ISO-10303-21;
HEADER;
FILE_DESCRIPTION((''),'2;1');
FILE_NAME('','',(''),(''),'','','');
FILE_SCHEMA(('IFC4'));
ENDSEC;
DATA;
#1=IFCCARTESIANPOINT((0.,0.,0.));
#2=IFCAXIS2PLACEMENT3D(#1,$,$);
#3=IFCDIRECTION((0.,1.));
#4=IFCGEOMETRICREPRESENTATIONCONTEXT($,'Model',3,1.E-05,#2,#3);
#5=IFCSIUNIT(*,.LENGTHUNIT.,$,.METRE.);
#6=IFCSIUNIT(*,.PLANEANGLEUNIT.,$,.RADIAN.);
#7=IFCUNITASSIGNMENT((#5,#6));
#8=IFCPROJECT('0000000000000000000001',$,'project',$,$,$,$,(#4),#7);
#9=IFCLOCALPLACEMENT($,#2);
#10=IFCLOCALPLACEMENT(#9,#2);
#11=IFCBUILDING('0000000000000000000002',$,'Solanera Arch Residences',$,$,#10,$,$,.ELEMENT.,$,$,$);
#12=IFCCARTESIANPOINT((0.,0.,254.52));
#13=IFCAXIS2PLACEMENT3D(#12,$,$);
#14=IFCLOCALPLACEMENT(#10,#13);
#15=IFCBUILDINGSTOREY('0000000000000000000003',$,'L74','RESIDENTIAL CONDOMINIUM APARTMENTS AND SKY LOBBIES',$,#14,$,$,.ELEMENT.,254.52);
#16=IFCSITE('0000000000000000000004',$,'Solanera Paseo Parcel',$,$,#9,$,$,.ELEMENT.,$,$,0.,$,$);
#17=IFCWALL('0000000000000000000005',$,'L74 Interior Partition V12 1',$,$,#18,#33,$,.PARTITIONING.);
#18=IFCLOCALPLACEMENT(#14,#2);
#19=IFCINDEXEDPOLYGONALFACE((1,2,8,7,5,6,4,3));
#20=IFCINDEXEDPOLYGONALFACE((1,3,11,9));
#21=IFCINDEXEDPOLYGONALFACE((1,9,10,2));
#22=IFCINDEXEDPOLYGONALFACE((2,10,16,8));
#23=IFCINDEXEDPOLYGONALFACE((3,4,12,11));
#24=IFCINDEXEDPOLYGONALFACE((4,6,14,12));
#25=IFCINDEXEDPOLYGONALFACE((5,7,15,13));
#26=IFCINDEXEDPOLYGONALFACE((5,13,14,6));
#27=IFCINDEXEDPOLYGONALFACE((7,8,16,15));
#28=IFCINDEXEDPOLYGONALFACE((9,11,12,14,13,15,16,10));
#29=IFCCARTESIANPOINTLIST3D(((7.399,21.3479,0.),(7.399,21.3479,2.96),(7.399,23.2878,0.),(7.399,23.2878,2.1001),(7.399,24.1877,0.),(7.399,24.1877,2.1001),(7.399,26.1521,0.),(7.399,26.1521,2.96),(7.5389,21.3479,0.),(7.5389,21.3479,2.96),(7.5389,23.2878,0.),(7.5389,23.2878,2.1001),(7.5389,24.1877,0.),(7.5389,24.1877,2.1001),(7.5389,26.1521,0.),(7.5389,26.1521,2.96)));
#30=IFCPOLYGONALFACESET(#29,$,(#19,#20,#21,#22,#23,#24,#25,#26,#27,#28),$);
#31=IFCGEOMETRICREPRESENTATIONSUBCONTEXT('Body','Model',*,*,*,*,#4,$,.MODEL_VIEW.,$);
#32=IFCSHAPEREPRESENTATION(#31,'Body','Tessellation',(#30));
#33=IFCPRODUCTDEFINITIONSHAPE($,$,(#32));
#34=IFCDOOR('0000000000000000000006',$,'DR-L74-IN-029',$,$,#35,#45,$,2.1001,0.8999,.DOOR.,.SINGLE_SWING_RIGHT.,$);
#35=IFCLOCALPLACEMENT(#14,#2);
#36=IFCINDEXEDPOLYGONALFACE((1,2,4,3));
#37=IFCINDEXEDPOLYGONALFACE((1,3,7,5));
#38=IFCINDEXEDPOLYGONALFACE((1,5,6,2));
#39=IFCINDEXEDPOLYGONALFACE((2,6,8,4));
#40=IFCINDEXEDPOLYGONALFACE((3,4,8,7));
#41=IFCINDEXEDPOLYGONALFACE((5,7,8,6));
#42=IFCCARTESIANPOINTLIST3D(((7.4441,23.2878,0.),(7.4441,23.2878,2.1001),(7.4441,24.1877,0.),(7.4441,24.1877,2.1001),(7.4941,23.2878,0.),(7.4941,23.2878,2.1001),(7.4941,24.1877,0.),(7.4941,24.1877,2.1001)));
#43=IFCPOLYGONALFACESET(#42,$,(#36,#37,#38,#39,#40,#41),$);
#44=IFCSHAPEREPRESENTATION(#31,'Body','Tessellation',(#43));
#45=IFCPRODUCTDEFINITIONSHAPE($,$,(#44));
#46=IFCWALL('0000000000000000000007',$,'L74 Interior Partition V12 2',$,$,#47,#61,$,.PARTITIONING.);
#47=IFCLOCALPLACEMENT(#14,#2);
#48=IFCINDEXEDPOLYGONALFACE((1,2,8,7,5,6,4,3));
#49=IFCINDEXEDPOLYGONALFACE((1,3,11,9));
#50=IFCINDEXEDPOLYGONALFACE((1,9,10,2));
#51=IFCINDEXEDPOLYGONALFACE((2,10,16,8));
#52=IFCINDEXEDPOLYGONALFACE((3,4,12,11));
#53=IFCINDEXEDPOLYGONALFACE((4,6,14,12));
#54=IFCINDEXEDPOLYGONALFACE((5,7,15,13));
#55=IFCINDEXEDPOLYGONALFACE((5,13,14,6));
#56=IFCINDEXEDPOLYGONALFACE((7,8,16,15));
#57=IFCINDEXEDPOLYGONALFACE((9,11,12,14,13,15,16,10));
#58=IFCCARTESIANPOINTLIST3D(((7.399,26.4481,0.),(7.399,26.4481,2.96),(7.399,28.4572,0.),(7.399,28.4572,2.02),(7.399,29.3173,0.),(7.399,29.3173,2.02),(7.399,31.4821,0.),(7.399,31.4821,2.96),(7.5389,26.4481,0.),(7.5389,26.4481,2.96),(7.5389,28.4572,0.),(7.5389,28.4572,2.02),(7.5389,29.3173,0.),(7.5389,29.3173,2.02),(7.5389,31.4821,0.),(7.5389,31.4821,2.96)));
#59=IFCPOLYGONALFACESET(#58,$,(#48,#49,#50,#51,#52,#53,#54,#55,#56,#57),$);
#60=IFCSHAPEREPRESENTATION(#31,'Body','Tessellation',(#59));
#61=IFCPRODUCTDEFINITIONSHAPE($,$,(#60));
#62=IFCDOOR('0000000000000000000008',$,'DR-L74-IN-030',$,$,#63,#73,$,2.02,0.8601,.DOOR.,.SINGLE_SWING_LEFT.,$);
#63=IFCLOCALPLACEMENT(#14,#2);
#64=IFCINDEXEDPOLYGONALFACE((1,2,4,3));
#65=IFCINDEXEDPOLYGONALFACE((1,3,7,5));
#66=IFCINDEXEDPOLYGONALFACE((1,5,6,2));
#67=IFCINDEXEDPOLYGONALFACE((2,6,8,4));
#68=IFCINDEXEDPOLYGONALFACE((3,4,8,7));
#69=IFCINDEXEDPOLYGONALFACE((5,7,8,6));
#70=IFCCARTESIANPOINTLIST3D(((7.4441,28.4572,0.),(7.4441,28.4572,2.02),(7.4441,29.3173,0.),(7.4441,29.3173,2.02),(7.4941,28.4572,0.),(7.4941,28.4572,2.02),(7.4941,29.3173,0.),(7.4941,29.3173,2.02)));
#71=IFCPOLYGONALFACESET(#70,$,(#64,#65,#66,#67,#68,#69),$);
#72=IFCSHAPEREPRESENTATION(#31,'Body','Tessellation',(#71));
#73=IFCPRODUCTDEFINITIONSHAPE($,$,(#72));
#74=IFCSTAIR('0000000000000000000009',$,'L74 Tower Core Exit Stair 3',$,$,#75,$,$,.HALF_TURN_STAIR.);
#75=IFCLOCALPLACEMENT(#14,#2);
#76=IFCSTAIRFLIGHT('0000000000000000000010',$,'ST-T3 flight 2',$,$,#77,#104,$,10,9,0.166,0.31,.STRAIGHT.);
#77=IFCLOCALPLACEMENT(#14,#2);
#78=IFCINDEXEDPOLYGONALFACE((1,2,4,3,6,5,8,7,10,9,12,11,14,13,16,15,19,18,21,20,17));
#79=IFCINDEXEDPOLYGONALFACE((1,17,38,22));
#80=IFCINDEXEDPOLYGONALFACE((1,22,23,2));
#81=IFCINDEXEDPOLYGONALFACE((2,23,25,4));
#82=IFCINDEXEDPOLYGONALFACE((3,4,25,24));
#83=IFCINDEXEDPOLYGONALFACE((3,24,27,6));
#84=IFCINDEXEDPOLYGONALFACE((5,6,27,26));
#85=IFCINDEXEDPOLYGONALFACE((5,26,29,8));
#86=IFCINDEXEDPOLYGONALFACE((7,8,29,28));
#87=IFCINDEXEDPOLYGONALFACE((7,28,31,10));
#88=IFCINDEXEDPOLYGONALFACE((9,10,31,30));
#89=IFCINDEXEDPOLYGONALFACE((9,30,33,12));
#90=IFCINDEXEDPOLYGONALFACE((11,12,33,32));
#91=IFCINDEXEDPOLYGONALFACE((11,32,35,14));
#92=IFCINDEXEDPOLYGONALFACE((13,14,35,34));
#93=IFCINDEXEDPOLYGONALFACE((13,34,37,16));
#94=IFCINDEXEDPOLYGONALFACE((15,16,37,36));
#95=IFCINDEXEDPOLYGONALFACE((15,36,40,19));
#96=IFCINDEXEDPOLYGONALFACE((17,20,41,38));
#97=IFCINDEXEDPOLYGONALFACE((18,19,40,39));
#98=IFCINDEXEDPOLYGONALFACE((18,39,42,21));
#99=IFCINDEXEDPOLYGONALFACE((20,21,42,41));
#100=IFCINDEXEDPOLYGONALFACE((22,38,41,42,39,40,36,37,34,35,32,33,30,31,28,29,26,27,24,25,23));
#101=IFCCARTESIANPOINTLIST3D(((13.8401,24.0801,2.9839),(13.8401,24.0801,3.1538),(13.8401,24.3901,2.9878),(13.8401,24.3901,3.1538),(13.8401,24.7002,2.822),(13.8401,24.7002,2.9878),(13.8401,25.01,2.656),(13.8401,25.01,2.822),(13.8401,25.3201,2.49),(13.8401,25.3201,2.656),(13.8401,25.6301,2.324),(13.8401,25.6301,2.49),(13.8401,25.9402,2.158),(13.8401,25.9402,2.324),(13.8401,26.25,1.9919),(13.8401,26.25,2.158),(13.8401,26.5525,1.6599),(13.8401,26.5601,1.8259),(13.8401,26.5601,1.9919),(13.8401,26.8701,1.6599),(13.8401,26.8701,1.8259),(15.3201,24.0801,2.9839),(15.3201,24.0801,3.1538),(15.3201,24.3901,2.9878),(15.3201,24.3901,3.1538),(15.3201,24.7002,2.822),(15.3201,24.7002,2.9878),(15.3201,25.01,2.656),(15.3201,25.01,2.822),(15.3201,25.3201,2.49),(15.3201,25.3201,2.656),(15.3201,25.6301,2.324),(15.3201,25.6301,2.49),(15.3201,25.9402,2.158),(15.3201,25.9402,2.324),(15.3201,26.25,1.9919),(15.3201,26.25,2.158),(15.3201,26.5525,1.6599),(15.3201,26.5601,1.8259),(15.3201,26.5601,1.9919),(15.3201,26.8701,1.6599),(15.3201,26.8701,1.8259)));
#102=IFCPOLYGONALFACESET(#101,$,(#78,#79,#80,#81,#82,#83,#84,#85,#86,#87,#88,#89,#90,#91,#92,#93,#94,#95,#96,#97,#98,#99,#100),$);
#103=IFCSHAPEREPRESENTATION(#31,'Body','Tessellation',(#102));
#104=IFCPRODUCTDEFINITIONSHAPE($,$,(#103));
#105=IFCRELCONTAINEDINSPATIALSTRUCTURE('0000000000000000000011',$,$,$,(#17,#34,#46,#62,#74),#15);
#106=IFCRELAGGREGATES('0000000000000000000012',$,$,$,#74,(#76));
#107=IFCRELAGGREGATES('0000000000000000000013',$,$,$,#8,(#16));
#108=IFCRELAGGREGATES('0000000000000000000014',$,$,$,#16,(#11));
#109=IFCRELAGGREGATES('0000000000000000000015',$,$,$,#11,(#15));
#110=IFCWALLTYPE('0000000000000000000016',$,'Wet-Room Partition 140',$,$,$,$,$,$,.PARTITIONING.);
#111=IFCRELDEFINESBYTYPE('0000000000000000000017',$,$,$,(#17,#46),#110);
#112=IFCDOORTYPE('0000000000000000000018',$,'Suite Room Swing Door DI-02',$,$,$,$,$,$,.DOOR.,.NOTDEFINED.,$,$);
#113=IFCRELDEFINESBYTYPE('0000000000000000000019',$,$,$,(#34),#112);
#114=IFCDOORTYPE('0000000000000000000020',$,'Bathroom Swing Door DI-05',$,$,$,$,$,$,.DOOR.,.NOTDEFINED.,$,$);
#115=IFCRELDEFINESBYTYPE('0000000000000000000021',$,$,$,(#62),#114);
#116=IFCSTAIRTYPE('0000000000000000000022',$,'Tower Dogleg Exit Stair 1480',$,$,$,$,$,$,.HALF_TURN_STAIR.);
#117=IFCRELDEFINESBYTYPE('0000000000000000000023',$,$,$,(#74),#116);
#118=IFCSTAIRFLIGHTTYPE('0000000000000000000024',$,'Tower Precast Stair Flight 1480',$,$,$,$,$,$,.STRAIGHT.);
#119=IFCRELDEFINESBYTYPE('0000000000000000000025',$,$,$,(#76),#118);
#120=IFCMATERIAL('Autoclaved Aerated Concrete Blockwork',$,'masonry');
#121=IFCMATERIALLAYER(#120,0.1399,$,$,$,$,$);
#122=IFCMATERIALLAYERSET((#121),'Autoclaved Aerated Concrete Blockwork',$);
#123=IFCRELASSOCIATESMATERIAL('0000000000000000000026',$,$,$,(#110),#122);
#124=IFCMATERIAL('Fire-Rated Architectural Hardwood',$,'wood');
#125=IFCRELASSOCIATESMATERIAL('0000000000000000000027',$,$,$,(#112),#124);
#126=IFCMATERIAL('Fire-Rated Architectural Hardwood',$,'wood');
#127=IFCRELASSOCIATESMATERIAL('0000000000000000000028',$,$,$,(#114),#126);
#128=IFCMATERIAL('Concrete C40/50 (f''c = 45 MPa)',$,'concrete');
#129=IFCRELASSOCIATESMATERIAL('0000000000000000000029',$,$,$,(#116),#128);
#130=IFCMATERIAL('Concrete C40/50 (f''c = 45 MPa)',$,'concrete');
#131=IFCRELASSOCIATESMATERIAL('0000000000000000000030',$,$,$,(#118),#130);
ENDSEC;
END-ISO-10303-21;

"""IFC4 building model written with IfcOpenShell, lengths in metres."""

from ifc_helpers import new_model, si_unit, direction, frame, frame_2d, origin, place, context, subcontext, project, spatial, polyline, rectangle, outline, extrude, material, layer, layer_set, type_object, element, fill, aggregate, save


model = new_model("IFC4")

# Units and contexts
model_context = context("Model", 3, precision=1e-05, world=origin(), true_north=direction((0.0, 1.0)))
body_context = subcontext(model_context, "Body", "Model", "MODEL_VIEW")
ifc_project = project(units=[si_unit("LENGTHUNIT", "METRE"), si_unit("PLANEANGLEUNIT", "RADIAN")], contexts=[model_context])

# Site, building, storey
site_placement = place(None, origin())
site = spatial("IfcSite", under=ifc_project, at=site_placement, Name="Solanera Paseo Parcel", CompositionType="ELEMENT", RefElevation=0.0)
building_placement = place(site_placement, origin())
building = spatial("IfcBuilding", under=site, at=building_placement, Name="Solanera Arch Residences", CompositionType="ELEMENT")
storey_placement = place(building_placement, frame((0.0, 0.0, 254.52)))
storey = spatial("IfcBuildingStorey", under=building, at=storey_placement, Name="L74", Description="RESIDENTIAL CONDOMINIUM APARTMENTS AND SKY LOBBIES", CompositionType="ELEMENT", Elevation=254.52)

# Shared definitions
ifc_material_1 = material(Name="Autoclaved Aerated Concrete Blockwork", Category="masonry")
ifc_layer_1 = layer(ifc_material_1, 0.1399)
ifc_layer_set_1 = layer_set([ifc_layer_1], Name="Autoclaved Aerated Concrete Blockwork")
wall_type_1 = type_object("IfcWallType", Name="Wet-Room Partition 140", PredefinedType="PARTITIONING", material=ifc_layer_set_1)

# Walls, openings, doors
wall_1_placement = place(storey_placement, frame((7.469, 21.3479, 0.0), z_axis=(0.0, 0.0, 1.0), x_axis=(0.0, 1.0, 0.0)))
wall_1 = element("IfcWall", 1, at=wall_1_placement, inside=storey, type_object=wall_type_1, Name="L74 Interior Partition V12 1", PredefinedType="PARTITIONING", context=body_context, shape_type="SweptSolid", body=[
    extrude(rectangle(XDim=4.8042, YDim=0.1399, at=frame_2d((2.4021, 0.0))), origin(), (0.0, 0.0, 1.0), 2.96),
])
opening_1_placement = place(wall_1_placement, frame((1.9399, 0.0, 0.0)))
opening_1 = element("IfcOpeningElement", 2, at=opening_1_placement, cuts=wall_1, PredefinedType="OPENING", context=body_context, shape_type="SweptSolid", body=[
    extrude(rectangle(XDim=0.8999, YDim=2.1001, at=frame_2d((0.45, 1.05))), frame((0.0, 0.0798, 0.0), z_axis=(0.0, -1.0, 0.0), x_axis=(1.0, 0.0, 0.0)), (0.0, 0.0, 1.0), 0.1599),
])
ifc_material_2 = material(Name="Fire-Rated Architectural Hardwood", Category="wood")
door_type_1 = type_object("IfcDoorType", Name="Suite Room Swing Door DI-02", OperationType="NOTDEFINED", PredefinedType="DOOR", material=ifc_material_2)
door_1_placement = place(opening_1_placement, origin())
door_1 = element("IfcDoor", 3, at=door_1_placement, inside=storey, type_object=door_type_1, Name="DR-L74-IN-029", OperationType="SINGLE_SWING_RIGHT", OverallHeight=2.1001, OverallWidth=0.8999, PredefinedType="DOOR", context=body_context, shape_type="SweptSolid", body=[
    extrude(rectangle(XDim=0.8999, YDim=2.1001, at=frame_2d((0.45, 1.05))), frame((0.0, 0.0249, 0.0), z_axis=(0.0, -1.0, 0.0), x_axis=(1.0, 0.0, 0.0)), (0.0, 0.0, 1.0), 0.05),
])
fill(opening_1, door_1)
wall_2_placement = place(storey_placement, frame((7.469, 26.448, 0.0), z_axis=(0.0, 0.0, 1.0), x_axis=(0.0, 1.0, 0.0)))
wall_2 = element("IfcWall", 4, at=wall_2_placement, inside=storey, type_object=wall_type_1, Name="L74 Interior Partition V12 2", PredefinedType="PARTITIONING", context=body_context, shape_type="SweptSolid", body=[
    extrude(rectangle(XDim=5.0339, YDim=0.1399, at=frame_2d((2.5171, 0.0))), origin(), (0.0, 0.0, 1.0), 2.96),
])
opening_2_placement = place(wall_2_placement, frame((2.009, 0.0, 0.0)))
opening_2 = element("IfcOpeningElement", 5, at=opening_2_placement, cuts=wall_2, PredefinedType="OPENING", context=body_context, shape_type="SweptSolid", body=[
    extrude(rectangle(XDim=0.8601, YDim=2.02, at=frame_2d((0.4302, 1.01))), frame((0.0, 0.0798, 0.0), z_axis=(0.0, -1.0, 0.0), x_axis=(1.0, 0.0, 0.0)), (0.0, 0.0, 1.0), 0.1599),
])
ifc_material_3 = material(Name="Fire-Rated Architectural Hardwood", Category="wood")
door_type_2 = type_object("IfcDoorType", Name="Bathroom Swing Door DI-05", OperationType="NOTDEFINED", PredefinedType="DOOR", material=ifc_material_3)
door_2_placement = place(opening_2_placement, origin())
door_2 = element("IfcDoor", 6, at=door_2_placement, inside=storey, type_object=door_type_2, Name="DR-L74-IN-030", OperationType="SINGLE_SWING_LEFT", OverallHeight=2.02, OverallWidth=0.8601, PredefinedType="DOOR", context=body_context, shape_type="SweptSolid", body=[
    extrude(rectangle(XDim=0.8601, YDim=2.02, at=frame_2d((0.4302, 1.01))), frame((0.0, 0.0249, 0.0), z_axis=(0.0, -1.0, 0.0), x_axis=(1.0, 0.0, 0.0)), (0.0, 0.0, 1.0), 0.05),
])
fill(opening_2, door_2)

# Stair, stair flight
ifc_material_4 = material(Name="Concrete C40/50 (f'c = 45 MPa)", Category="concrete")
stair_type = type_object("IfcStairType", Name="Tower Dogleg Exit Stair 1480", PredefinedType="HALF_TURN_STAIR", material=ifc_material_4)
stair_placement = place(storey_placement, origin())
stair = element("IfcStair", 7, at=stair_placement, inside=storey, type_object=stair_type, Name="L74 Tower Core Exit Stair 3", PredefinedType="HALF_TURN_STAIR")
ifc_material_5 = material(Name="Concrete C40/50 (f'c = 45 MPa)", Category="concrete")
stair_flight_type = type_object("IfcStairFlightType", Name="Tower Precast Stair Flight 1480", PredefinedType="STRAIGHT", material=ifc_material_5)
stair_flight_placement = place(storey_placement, frame((14.5801, 26.8701, 1.6599), z_axis=(0.0, 0.0, 1.0), x_axis=(0.0, -1.0, 0.0)))
stair_flight = element("IfcStairFlight", 8, at=stair_flight_placement, type_object=stair_flight_type, Name="ST-T3 flight 2", NumberOfRisers=10, NumberOfTreads=9, PredefinedType="STRAIGHT", RiserHeight=0.166, TreadLength=0.31, context=body_context, shape_type="SweptSolid", body=[
    extrude(outline(polyline([(0.0, 0.0), (0.0, 0.166), (0.3101, 0.166), (0.3101, 0.332), (0.6201, 0.332), (0.6201, 0.498), (0.9299, 0.498), (0.9299, 0.6641), (1.24, 0.6641), (1.24, 0.8301), (1.55, 0.8301), (1.55, 0.9961), (1.8601, 0.9961), (1.8601, 1.1621), (2.1699, 1.1621), (2.1699, 1.3279), (2.48, 1.3279), (2.48, 1.4939), (2.79, 1.4939), (2.79, 1.6599), (2.79, 1.324), (0.3176, 0.0), (0.0, 0.0)])), frame((0.0, 0.74, 0.0), z_axis=(0.0, -1.0, 0.0), x_axis=(1.0, 0.0, 0.0)), (0.0, 0.0, 1.0), 1.48),
])
aggregate(stair, [stair_flight])

save(model, "model.ifc")
